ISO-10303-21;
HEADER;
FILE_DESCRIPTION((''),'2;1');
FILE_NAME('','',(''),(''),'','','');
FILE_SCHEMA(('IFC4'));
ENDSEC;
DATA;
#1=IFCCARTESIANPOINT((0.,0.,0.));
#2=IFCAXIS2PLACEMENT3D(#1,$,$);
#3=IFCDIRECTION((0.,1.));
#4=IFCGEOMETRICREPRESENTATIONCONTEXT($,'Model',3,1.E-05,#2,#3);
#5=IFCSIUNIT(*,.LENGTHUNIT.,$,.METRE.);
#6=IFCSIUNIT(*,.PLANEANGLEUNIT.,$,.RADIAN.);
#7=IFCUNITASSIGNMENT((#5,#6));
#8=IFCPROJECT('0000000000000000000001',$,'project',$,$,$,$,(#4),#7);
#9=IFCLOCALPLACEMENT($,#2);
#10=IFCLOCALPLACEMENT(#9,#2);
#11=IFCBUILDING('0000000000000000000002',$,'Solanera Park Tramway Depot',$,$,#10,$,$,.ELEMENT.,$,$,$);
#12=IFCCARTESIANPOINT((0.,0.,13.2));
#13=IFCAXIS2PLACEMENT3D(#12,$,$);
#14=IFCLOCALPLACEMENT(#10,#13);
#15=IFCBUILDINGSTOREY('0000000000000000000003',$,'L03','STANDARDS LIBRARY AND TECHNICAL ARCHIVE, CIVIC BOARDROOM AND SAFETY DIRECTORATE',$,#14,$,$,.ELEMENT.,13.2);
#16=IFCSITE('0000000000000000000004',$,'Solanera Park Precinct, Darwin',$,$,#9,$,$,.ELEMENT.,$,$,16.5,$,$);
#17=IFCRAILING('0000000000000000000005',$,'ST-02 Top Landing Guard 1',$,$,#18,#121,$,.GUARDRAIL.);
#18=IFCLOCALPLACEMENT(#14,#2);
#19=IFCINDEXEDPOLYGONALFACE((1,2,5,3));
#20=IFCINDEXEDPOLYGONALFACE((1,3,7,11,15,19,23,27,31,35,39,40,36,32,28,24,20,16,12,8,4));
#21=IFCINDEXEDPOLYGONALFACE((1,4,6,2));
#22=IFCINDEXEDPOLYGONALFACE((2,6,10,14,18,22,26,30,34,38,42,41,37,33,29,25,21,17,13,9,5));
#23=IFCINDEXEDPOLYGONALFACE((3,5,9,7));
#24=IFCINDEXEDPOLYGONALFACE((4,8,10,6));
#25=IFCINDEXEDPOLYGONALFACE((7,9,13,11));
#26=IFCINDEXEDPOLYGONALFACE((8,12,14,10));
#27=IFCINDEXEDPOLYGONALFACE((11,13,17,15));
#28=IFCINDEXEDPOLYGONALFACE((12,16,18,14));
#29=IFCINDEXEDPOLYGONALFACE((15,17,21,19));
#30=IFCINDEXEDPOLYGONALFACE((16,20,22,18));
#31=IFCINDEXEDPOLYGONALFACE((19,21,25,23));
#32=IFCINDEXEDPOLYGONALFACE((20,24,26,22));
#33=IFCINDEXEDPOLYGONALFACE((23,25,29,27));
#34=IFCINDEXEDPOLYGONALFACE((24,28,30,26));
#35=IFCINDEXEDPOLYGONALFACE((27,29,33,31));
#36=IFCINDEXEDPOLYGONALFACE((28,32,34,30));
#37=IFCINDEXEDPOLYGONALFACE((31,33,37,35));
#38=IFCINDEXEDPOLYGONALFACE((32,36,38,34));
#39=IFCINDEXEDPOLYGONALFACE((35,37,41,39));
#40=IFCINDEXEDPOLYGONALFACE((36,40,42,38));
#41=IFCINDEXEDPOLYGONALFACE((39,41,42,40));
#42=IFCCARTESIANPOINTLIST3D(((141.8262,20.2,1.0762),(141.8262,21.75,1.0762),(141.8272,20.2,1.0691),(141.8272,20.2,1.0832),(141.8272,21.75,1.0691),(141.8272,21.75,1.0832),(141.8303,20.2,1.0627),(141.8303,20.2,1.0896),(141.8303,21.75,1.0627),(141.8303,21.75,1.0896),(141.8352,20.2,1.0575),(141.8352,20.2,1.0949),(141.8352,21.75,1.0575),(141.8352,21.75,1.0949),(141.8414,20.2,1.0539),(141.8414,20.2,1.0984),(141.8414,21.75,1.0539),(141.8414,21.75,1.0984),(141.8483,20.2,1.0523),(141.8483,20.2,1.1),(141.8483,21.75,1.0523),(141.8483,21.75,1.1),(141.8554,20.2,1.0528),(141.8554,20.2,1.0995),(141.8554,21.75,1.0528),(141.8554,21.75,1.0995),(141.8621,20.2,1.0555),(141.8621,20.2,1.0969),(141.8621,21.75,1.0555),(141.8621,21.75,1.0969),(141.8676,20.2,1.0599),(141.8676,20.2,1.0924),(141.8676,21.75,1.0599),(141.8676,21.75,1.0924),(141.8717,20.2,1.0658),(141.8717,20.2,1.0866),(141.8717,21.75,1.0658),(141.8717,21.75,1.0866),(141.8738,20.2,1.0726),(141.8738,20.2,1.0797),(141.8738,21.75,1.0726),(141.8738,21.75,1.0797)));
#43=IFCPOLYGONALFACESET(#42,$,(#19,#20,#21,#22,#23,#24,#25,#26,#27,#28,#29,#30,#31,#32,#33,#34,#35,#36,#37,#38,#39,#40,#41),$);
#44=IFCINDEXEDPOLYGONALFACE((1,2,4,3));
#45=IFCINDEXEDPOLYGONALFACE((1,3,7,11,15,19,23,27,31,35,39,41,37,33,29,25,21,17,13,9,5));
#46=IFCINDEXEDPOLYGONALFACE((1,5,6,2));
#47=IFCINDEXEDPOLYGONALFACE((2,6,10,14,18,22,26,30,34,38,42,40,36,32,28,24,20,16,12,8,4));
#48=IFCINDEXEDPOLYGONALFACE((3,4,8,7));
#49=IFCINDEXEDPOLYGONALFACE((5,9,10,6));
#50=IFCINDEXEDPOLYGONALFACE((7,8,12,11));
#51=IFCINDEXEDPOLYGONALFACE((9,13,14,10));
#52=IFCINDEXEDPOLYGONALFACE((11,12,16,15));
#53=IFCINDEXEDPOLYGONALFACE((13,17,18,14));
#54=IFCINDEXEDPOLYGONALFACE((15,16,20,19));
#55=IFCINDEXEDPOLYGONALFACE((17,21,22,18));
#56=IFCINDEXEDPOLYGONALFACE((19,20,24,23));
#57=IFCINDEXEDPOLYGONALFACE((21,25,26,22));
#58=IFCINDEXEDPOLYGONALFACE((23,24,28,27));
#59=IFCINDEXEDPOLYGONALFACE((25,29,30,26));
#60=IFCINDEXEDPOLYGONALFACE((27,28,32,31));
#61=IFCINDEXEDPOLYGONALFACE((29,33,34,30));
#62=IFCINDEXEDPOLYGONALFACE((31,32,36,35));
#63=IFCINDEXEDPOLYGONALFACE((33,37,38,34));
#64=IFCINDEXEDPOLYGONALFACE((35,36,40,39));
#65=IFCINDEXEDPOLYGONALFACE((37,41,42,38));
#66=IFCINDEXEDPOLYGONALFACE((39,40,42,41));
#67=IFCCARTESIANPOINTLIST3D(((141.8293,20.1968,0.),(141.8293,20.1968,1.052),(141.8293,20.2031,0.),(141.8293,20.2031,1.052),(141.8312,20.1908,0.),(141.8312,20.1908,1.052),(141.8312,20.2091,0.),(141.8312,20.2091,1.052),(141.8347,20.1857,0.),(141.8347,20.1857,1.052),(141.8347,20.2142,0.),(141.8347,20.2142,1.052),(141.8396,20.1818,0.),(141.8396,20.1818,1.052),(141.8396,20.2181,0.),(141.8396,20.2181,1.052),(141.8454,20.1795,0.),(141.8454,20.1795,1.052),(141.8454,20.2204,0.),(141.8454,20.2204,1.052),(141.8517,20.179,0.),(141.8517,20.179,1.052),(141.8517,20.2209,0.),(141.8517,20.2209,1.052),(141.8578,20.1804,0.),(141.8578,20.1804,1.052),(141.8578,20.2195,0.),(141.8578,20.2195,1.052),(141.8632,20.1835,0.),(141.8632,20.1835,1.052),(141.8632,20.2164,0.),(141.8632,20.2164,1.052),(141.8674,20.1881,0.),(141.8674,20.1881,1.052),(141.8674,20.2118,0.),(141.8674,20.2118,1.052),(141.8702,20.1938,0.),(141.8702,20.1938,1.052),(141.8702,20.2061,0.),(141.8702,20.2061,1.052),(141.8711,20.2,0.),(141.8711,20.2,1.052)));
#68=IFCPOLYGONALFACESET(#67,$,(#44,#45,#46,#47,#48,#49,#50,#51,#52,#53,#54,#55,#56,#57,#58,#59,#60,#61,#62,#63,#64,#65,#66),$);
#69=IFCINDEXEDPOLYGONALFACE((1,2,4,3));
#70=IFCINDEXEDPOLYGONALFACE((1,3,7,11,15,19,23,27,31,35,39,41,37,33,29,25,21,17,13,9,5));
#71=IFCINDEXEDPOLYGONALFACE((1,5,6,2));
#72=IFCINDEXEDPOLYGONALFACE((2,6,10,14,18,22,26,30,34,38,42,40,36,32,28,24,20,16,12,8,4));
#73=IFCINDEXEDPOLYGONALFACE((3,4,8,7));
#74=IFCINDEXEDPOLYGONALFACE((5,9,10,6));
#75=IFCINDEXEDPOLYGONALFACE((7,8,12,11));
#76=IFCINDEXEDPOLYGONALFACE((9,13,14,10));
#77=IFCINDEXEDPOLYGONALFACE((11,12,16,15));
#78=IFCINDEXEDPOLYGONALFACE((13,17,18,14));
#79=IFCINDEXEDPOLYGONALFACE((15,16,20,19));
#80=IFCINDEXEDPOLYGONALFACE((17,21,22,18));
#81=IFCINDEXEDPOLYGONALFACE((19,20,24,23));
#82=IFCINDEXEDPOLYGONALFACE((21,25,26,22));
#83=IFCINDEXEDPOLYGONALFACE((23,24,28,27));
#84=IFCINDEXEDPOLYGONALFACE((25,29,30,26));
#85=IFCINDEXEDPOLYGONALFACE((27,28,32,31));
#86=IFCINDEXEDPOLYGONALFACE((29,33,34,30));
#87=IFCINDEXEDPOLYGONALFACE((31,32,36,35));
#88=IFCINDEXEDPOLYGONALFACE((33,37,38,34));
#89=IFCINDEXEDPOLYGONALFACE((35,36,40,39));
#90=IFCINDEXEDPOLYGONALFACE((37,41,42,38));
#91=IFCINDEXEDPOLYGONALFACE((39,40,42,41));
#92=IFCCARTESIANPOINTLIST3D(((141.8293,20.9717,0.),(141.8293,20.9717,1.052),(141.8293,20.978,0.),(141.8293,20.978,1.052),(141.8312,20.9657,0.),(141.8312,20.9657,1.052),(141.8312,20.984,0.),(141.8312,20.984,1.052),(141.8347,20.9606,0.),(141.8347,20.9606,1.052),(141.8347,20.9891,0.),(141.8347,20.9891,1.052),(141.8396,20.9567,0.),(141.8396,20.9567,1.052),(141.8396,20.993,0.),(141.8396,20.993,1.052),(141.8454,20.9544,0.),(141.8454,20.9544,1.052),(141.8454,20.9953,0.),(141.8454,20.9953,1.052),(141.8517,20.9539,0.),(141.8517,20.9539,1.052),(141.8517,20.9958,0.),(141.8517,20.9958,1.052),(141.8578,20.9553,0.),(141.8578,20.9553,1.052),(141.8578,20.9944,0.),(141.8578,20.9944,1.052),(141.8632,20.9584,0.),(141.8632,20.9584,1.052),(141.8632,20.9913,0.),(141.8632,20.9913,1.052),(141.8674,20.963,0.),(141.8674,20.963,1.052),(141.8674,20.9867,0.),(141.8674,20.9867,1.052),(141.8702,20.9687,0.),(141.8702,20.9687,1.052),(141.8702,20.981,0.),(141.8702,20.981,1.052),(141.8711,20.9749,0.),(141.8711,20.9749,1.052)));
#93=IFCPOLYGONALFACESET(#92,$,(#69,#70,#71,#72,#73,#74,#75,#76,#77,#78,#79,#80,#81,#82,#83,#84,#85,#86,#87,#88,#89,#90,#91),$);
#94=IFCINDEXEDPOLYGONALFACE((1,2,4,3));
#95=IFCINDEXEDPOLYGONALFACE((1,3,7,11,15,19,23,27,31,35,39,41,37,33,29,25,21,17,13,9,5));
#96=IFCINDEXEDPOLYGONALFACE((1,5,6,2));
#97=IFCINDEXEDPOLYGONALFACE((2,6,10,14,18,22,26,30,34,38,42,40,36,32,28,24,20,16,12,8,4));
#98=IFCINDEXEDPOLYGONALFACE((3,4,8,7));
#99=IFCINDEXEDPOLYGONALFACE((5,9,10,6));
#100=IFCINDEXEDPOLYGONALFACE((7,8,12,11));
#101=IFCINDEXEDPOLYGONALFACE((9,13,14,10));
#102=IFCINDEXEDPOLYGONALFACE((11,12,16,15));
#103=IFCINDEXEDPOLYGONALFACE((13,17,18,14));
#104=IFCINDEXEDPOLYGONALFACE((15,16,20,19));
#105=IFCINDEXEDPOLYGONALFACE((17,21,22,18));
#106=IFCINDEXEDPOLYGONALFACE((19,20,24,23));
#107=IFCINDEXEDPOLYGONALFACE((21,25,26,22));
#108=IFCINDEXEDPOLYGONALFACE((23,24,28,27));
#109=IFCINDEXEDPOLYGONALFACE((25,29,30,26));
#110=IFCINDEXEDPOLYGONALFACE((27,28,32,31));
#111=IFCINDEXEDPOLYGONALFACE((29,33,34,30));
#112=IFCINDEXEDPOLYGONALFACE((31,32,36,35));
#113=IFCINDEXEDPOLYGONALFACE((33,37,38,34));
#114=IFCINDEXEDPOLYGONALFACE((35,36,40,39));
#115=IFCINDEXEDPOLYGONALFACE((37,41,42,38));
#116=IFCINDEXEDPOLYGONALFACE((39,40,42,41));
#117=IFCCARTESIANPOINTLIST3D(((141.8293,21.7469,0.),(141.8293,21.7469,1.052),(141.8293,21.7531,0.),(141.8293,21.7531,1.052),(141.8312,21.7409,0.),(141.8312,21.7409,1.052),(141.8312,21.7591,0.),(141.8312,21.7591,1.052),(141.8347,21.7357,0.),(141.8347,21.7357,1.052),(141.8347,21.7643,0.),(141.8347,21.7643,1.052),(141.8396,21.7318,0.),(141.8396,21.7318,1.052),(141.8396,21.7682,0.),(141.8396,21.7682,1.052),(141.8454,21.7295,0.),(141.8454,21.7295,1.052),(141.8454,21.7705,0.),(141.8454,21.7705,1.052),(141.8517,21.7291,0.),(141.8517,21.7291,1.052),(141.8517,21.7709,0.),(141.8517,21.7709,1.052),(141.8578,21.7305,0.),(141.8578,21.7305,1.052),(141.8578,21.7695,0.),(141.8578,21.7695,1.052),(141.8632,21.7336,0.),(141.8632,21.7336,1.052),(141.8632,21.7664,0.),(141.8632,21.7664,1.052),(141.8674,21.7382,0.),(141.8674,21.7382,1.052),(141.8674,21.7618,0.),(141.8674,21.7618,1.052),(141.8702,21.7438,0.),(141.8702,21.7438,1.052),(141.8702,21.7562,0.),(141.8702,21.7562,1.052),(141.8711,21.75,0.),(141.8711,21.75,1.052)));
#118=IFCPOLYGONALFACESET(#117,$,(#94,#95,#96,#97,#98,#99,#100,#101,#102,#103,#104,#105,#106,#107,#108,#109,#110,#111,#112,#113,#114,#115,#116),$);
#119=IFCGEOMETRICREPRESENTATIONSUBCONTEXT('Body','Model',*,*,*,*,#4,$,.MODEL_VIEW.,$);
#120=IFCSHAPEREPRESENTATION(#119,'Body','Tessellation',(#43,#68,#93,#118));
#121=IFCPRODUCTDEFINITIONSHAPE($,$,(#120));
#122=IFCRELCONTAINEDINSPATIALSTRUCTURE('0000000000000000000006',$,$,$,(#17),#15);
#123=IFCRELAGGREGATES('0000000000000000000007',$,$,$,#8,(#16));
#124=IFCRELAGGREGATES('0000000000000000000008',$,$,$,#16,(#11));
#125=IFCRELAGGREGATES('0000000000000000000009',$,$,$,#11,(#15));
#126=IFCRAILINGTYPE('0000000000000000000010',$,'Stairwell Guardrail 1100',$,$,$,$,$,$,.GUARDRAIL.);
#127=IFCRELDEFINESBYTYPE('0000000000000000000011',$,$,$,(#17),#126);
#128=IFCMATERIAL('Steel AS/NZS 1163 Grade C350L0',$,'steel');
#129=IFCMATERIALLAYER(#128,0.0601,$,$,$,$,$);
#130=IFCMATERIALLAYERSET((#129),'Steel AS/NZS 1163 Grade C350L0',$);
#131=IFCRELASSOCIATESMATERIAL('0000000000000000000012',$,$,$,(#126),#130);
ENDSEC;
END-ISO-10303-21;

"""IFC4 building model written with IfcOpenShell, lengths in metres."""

from ifc_helpers import new_model, si_unit, direction, frame, origin, origin_2d, place, context, subcontext, project, spatial, circle, extrude, material, layer, layer_set, type_object, element, save


model = new_model("IFC4")

# Units and contexts
model_context = context("Model", 3, precision=1e-05, world=origin(), true_north=direction((0.0, 1.0)))
body_context = subcontext(model_context, "Body", "Model", "MODEL_VIEW")
ifc_project = project(units=[si_unit("LENGTHUNIT", "METRE"), si_unit("PLANEANGLEUNIT", "RADIAN")], contexts=[model_context])

# Site, building, storey
site_placement = place(None, origin())
site = spatial("IfcSite", under=ifc_project, at=site_placement, Name="Solanera Park Precinct, Darwin", CompositionType="ELEMENT", RefElevation=16.5)
building_placement = place(site_placement, origin())
building = spatial("IfcBuilding", under=site, at=building_placement, Name="Solanera Park Tramway Depot", CompositionType="ELEMENT")
storey_placement = place(building_placement, frame((0.0, 0.0, 13.2)))
storey = spatial("IfcBuildingStorey", under=building, at=storey_placement, Name="L03", Description="STANDARDS LIBRARY AND TECHNICAL ARCHIVE, CIVIC BOARDROOM AND SAFETY DIRECTORATE", CompositionType="ELEMENT", Elevation=13.2)

# Railing
ifc_material_1 = material(Name="Steel AS/NZS 1163 Grade C350L0", Category="steel")
ifc_layer_1 = layer(ifc_material_1, 0.0601)
ifc_layer_set_1 = layer_set([ifc_layer_1], Name="Steel AS/NZS 1163 Grade C350L0")
railing_type_1 = type_object("IfcRailingType", Name="Stairwell Guardrail 1100", PredefinedType="GUARDRAIL", material=ifc_layer_set_1)
railing_1_placement = place(storey_placement, frame((141.8501, 20.2, 0.0)))
element("IfcRailing", 1, at=railing_1_placement, inside=storey, type_object=railing_type_1, Name="ST-02 Top Landing Guard 1", PredefinedType="GUARDRAIL", context=body_context, shape_type="SweptSolid", body=[
    extrude(circle(Radius=0.0239, at=origin_2d()), frame((0.0, 0.0, 1.0762), z_axis=(0.0, 1.0, 0.0), x_axis=(-1.0, 0.0, 0.0)), (0.0, 0.0, 1.0), 1.55),
    extrude(circle(Radius=0.021, at=origin_2d()), origin(), (0.0, 0.0, 1.0), 1.052),
    extrude(circle(Radius=0.021, at=origin_2d()), frame((0.0, 0.7749, 0.0)), (0.0, 0.0, 1.0), 1.052),
    extrude(circle(Radius=0.021, at=origin_2d()), frame((0.0, 1.55, 0.0)), (0.0, 0.0, 1.0), 1.052),
])

save(model, "model.ifc")
